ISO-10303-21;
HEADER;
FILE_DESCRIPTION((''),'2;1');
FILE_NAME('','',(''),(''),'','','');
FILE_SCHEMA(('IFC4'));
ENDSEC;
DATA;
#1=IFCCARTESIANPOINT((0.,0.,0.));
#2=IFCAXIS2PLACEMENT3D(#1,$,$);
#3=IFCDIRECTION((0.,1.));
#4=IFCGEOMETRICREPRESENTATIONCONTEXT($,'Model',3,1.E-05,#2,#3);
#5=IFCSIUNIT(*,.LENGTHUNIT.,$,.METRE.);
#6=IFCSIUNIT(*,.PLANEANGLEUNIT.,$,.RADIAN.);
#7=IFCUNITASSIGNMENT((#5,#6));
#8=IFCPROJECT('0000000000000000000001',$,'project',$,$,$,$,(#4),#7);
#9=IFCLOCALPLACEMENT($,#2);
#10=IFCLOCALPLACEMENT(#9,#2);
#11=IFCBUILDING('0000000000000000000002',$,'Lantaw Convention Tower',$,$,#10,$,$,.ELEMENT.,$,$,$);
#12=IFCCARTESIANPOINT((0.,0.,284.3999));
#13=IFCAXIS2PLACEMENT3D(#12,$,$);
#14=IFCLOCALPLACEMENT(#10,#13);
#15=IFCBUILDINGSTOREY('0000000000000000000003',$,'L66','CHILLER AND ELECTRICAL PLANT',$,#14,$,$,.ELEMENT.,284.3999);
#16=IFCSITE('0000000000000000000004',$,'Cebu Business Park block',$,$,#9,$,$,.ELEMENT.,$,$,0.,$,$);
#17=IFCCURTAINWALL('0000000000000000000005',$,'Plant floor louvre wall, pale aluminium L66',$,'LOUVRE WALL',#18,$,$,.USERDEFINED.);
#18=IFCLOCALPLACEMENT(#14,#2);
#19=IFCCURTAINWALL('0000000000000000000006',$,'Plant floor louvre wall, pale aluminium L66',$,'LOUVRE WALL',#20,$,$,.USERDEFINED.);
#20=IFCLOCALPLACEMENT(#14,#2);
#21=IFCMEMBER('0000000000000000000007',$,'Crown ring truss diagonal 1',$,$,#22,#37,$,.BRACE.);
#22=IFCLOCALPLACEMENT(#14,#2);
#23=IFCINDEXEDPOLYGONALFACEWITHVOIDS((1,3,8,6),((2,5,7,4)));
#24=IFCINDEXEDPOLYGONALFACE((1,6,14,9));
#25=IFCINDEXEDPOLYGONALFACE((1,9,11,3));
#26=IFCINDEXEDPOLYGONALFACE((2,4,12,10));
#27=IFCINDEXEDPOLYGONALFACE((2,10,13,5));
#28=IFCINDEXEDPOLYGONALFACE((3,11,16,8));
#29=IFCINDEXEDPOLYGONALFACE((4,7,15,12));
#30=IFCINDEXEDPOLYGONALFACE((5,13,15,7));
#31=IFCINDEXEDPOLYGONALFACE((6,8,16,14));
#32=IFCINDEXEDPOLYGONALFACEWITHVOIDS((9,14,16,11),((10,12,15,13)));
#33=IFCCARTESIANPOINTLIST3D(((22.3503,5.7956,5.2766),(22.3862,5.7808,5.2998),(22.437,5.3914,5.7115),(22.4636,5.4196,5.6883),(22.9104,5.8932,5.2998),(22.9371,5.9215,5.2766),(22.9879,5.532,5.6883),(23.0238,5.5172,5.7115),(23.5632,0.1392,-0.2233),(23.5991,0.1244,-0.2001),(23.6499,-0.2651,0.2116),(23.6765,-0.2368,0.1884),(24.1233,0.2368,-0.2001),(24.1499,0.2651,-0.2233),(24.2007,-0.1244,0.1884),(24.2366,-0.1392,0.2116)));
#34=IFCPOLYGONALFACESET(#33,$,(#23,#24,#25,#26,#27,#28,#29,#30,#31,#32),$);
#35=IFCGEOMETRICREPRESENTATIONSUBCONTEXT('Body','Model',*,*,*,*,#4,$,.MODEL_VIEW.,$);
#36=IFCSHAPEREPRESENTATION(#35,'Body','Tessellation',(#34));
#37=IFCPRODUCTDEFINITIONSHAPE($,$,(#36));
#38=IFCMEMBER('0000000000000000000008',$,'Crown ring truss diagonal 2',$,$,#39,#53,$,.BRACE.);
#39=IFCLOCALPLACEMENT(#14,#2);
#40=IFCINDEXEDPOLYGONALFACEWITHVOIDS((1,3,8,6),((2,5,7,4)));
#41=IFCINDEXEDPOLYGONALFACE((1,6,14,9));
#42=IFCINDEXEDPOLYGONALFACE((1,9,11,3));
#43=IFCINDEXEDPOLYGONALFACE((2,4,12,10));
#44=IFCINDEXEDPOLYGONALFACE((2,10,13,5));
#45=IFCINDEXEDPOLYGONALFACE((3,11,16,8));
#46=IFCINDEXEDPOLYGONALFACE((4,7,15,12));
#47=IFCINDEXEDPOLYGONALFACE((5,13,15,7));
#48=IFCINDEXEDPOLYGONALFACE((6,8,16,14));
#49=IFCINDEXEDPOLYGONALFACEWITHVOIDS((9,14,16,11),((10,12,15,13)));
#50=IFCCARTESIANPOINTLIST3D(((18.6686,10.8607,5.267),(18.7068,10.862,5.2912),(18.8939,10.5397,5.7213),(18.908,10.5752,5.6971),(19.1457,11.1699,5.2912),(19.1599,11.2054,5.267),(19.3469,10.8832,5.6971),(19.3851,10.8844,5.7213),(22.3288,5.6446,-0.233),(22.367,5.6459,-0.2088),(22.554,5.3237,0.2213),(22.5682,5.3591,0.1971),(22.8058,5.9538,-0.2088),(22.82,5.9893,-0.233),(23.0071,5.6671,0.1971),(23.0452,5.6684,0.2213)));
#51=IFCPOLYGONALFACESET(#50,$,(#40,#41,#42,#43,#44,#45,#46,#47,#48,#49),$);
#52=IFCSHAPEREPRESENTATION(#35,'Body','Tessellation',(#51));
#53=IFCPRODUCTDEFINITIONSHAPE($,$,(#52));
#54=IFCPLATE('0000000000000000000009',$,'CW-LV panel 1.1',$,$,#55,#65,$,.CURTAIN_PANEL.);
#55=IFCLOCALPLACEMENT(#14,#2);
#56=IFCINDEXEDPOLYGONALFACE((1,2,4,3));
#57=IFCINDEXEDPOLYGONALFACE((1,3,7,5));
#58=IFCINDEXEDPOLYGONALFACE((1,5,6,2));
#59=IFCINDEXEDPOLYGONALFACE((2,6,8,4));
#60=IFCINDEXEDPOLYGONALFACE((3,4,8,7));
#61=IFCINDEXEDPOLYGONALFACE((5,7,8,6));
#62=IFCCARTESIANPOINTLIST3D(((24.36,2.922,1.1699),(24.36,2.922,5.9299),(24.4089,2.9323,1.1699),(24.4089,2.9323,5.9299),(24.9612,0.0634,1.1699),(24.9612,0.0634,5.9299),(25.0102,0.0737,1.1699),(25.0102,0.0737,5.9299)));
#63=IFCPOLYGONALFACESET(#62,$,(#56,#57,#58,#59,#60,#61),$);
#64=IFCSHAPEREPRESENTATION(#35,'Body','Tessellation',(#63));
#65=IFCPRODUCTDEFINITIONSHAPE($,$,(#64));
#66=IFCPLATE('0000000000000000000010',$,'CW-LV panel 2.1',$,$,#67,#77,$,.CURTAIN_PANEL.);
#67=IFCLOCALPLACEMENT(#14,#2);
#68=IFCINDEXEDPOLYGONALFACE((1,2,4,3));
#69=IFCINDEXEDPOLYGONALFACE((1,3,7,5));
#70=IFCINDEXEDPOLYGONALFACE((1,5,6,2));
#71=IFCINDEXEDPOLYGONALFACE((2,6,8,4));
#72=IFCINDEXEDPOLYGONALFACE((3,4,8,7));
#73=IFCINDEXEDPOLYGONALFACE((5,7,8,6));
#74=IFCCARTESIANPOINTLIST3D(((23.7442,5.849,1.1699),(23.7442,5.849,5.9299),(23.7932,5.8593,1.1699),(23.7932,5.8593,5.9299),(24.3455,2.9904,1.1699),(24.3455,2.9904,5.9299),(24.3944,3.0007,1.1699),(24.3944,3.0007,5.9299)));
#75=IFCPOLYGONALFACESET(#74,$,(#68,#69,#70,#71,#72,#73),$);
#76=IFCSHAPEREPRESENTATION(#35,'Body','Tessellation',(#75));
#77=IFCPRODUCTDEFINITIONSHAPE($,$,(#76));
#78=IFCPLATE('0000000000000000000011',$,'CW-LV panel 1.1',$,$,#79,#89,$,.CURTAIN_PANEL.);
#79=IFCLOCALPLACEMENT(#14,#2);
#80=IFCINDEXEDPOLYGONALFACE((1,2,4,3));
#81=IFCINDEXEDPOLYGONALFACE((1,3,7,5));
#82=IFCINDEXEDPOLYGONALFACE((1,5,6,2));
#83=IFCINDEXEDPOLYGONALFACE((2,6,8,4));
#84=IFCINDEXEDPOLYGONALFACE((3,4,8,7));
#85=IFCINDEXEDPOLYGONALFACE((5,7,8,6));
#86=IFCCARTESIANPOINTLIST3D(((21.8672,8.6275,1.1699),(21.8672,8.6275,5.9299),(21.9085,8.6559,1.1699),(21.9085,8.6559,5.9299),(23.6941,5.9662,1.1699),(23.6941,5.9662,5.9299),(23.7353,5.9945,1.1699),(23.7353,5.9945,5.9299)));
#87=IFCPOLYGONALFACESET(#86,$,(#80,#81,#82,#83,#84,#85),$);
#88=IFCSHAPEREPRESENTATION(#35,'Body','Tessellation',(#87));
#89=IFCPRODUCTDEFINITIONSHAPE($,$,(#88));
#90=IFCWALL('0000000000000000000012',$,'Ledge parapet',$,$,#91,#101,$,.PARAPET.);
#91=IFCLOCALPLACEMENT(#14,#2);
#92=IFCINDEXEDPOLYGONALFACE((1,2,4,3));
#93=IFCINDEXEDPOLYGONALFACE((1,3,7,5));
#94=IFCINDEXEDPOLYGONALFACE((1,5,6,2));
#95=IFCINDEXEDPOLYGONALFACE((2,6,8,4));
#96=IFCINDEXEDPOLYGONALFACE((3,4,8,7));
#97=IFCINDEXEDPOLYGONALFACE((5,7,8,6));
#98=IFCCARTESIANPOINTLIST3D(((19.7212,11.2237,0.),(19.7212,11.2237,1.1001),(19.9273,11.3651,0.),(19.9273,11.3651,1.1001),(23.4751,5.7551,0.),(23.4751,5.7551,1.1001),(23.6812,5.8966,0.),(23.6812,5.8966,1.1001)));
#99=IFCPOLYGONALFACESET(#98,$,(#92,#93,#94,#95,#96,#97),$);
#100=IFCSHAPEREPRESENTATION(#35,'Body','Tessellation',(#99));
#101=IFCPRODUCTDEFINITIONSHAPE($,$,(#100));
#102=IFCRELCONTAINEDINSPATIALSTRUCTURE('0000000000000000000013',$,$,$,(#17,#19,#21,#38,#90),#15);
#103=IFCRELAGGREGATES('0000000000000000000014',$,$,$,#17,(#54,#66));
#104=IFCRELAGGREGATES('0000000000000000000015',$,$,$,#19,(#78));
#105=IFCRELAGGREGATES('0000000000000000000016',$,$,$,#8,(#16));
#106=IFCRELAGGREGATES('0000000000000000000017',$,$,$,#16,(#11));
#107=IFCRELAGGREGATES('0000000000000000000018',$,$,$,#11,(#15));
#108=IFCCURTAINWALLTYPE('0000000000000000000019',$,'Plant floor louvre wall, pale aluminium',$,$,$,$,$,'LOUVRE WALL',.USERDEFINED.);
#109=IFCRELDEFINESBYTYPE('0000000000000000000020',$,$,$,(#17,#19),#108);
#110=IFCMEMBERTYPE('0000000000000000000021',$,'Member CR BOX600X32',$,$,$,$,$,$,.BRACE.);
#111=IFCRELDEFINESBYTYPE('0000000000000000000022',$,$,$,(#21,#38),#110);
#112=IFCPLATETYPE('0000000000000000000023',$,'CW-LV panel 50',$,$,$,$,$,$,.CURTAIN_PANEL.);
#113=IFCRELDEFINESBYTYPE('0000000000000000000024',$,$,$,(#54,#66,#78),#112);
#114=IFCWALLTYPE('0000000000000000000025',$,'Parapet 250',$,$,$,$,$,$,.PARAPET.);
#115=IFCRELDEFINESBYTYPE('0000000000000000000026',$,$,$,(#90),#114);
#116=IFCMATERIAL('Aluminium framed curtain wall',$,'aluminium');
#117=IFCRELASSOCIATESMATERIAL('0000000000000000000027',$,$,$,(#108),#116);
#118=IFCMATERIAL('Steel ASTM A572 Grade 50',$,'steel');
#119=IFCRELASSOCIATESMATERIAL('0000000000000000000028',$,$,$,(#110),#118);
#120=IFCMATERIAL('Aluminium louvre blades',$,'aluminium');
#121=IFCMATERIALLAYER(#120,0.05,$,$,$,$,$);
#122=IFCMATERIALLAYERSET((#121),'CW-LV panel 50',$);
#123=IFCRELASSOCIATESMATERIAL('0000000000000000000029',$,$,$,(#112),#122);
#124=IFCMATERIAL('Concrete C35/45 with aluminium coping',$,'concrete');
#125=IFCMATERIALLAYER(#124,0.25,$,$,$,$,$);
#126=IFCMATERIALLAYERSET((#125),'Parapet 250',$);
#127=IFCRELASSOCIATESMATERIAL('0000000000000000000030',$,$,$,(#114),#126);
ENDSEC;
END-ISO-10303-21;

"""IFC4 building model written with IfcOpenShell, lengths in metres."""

from ifc_helpers import new_model, si_unit, direction, frame, frame_2d, origin, origin_2d, place, context, subcontext, project, spatial, rectangle, hollow_rectangle, extrude, material, layer, layer_set, material_profile, profile_set, type_object, element, aggregate, save


model = new_model("IFC4")

# Units and contexts
model_context = context("Model", 3, precision=1e-05, world=origin(), true_north=direction((0.0, 1.0)))
body_context = subcontext(model_context, "Body", "Model", "MODEL_VIEW")
ifc_project = project(units=[si_unit("LENGTHUNIT", "METRE"), si_unit("PLANEANGLEUNIT", "RADIAN")], contexts=[model_context])

# Site, building, storey
site_placement = place(None, origin())
site = spatial("IfcSite", under=ifc_project, at=site_placement, Name="Cebu Business Park block", CompositionType="ELEMENT", RefElevation=0.0)
building_placement = place(site_placement, origin())
building = spatial("IfcBuilding", under=site, at=building_placement, Name="Lantaw Convention Tower", CompositionType="ELEMENT")
storey_placement = place(building_placement, frame((0.0, 0.0, 284.3999)))
storey = spatial("IfcBuildingStorey", under=building, at=storey_placement, Name="L66", Description="CHILLER AND ELECTRICAL PLANT", CompositionType="ELEMENT", Elevation=284.3999)

# Shared definitions
ifc_material_1 = material(Name="Steel ASTM A572 Grade 50", Category="steel")

# Curtain walls
ifc_material_2 = material(Name="Aluminium framed curtain wall", Category="aluminium")
curtain_wall_type_1 = type_object("IfcCurtainWallType", Name="Plant floor louvre wall, pale aluminium", ElementType="LOUVRE WALL", PredefinedType="USERDEFINED", material=ifc_material_2)
curtain_wall_1_placement = place(storey_placement, origin())
curtain_wall_1 = element("IfcCurtainWall", 1, at=curtain_wall_1_placement, inside=storey, type_object=curtain_wall_type_1, Name="Plant floor louvre wall, pale aluminium L66", ObjectType="LOUVRE WALL", PredefinedType="USERDEFINED")
curtain_wall_2_placement = place(storey_placement, origin())
curtain_wall_2 = element("IfcCurtainWall", 2, at=curtain_wall_2_placement, inside=storey, type_object=curtain_wall_type_1, Name="Plant floor louvre wall, pale aluminium L66", ObjectType="LOUVRE WALL", PredefinedType="USERDEFINED")

# Members
ifc_material_profile_1 = material_profile(ifc_material_1, hollow_rectangle(XDim=0.6001, YDim=0.6001, WallThickness=0.032, at=origin_2d()), Name="BOX600X32")
ifc_profile_set_1 = profile_set([ifc_material_profile_1], Name="Steel ASTM A572 Grade 50")
member_type_1 = type_object("IfcMemberType", Name="Member CR BOX600X32", PredefinedType="BRACE", material=ifc_profile_set_1)
member_1_placement = place(storey_placement, frame((23.8999, 0.0, -0.0059), z_axis=(-0.151948, 0.70863, 0.689025), x_axis=(-0.977775, -0.209659, 0.0)))
element("IfcMember", 3, at=member_1_placement, inside=storey, type_object=member_type_1, Name="Crown ring truss diagonal 1", PredefinedType="BRACE", context=body_context, shape_type="SweptSolid", body=[
    extrude(hollow_rectangle(XDim=0.6001, YDim=0.6001, WallThickness=0.032, at=origin_2d()), origin(), (0.0, 0.0, 1.0), 7.9822),
])
member_2_placement = place(storey_placement, frame((22.687, 5.6565, -0.0059), z_axis=(-0.434828, 0.61967, 0.653402), x_axis=(-0.818574, -0.574401, 0.0)))
element("IfcMember", 4, at=member_2_placement, inside=storey, type_object=member_type_1, Name="Crown ring truss diagonal 2", PredefinedType="BRACE", context=body_context, shape_type="SweptSolid", body=[
    extrude(hollow_rectangle(XDim=0.6001, YDim=0.6001, WallThickness=0.032, at=origin_2d()), origin(), (0.0, 0.0, 1.0), 8.4175),
])

# Plates
ifc_material_3 = material(Name="Aluminium louvre blades", Category="aluminium")
ifc_layer_1 = layer(ifc_material_3, 0.05)
ifc_layer_set_1 = layer_set([ifc_layer_1], Name="CW-LV panel 50")
plate_type = type_object("IfcPlateType", Name="CW-LV panel 50", PredefinedType="CURTAIN_PANEL", material=ifc_layer_set_1)
plate_1_placement = place(storey_placement, frame((24.6851, 1.4978, 1.1699), z_axis=(0.0, 0.0, 1.0), x_axis=(-0.205814, 0.978591, 0.0)))
plate_1 = element("IfcPlate", 5, at=plate_1_placement, type_object=plate_type, Name="CW-LV panel 1.1", PredefinedType="CURTAIN_PANEL", context=body_context, shape_type="SweptSolid", body=[
    extrude(rectangle(XDim=2.9211, YDim=0.05, at=origin_2d()), origin(), (0.0, 0.0, 1.0), 4.76),
])
plate_2_placement = place(storey_placement, frame((24.0693, 4.4248, 1.1699), z_axis=(0.0, 0.0, 1.0), x_axis=(-0.205814, 0.978591, 0.0)))
plate_2 = element("IfcPlate", 6, at=plate_2_placement, type_object=plate_type, Name="CW-LV panel 2.1", PredefinedType="CURTAIN_PANEL", context=body_context, shape_type="SweptSolid", body=[
    extrude(rectangle(XDim=2.9211, YDim=0.05, at=origin_2d()), origin(), (0.0, 0.0, 1.0), 4.76),
])
aggregate(curtain_wall_1, [plate_1, plate_2])
plate_3_placement = place(storey_placement, frame((22.8013, 7.311, 1.1699), z_axis=(0.0, 0.0, 1.0), x_axis=(-0.565935, 0.82445, 0.0)))
plate_3 = element("IfcPlate", 7, at=plate_3_placement, type_object=plate_type, Name="CW-LV panel 1.1", PredefinedType="CURTAIN_PANEL", context=body_context, shape_type="SweptSolid", body=[
    extrude(rectangle(XDim=3.228, YDim=0.05, at=origin_2d()), origin(), (0.0, 0.0, 1.0), 4.76),
])
aggregate(curtain_wall_2, [plate_3])

# Wall
ifc_material_4 = material(Name="Concrete C35/45 with aluminium coping", Category="concrete")
ifc_layer_2 = layer(ifc_material_4, 0.25)
ifc_layer_set_2 = layer_set([ifc_layer_2], Name="Parapet 250")
wall_type = type_object("IfcWallType", Name="Parapet 250", PredefinedType="PARAPET", material=ifc_layer_set_2)
wall_placement = place(storey_placement, frame((23.5781, 5.8259, 0.0), z_axis=(0.0, 0.0, 1.0), x_axis=(-0.565946, 0.824442, 0.0)))
element("IfcWall", 8, at=wall_placement, inside=storey, type_object=wall_type, Name="Ledge parapet", PredefinedType="PARAPET", context=body_context, shape_type="SweptSolid", body=[
    extrude(rectangle(XDim=6.6331, YDim=0.25, at=frame_2d((3.3164, 0.0))), origin(), (0.0, 0.0, 1.0), 1.1001),
])

save(model, "model.ifc")
